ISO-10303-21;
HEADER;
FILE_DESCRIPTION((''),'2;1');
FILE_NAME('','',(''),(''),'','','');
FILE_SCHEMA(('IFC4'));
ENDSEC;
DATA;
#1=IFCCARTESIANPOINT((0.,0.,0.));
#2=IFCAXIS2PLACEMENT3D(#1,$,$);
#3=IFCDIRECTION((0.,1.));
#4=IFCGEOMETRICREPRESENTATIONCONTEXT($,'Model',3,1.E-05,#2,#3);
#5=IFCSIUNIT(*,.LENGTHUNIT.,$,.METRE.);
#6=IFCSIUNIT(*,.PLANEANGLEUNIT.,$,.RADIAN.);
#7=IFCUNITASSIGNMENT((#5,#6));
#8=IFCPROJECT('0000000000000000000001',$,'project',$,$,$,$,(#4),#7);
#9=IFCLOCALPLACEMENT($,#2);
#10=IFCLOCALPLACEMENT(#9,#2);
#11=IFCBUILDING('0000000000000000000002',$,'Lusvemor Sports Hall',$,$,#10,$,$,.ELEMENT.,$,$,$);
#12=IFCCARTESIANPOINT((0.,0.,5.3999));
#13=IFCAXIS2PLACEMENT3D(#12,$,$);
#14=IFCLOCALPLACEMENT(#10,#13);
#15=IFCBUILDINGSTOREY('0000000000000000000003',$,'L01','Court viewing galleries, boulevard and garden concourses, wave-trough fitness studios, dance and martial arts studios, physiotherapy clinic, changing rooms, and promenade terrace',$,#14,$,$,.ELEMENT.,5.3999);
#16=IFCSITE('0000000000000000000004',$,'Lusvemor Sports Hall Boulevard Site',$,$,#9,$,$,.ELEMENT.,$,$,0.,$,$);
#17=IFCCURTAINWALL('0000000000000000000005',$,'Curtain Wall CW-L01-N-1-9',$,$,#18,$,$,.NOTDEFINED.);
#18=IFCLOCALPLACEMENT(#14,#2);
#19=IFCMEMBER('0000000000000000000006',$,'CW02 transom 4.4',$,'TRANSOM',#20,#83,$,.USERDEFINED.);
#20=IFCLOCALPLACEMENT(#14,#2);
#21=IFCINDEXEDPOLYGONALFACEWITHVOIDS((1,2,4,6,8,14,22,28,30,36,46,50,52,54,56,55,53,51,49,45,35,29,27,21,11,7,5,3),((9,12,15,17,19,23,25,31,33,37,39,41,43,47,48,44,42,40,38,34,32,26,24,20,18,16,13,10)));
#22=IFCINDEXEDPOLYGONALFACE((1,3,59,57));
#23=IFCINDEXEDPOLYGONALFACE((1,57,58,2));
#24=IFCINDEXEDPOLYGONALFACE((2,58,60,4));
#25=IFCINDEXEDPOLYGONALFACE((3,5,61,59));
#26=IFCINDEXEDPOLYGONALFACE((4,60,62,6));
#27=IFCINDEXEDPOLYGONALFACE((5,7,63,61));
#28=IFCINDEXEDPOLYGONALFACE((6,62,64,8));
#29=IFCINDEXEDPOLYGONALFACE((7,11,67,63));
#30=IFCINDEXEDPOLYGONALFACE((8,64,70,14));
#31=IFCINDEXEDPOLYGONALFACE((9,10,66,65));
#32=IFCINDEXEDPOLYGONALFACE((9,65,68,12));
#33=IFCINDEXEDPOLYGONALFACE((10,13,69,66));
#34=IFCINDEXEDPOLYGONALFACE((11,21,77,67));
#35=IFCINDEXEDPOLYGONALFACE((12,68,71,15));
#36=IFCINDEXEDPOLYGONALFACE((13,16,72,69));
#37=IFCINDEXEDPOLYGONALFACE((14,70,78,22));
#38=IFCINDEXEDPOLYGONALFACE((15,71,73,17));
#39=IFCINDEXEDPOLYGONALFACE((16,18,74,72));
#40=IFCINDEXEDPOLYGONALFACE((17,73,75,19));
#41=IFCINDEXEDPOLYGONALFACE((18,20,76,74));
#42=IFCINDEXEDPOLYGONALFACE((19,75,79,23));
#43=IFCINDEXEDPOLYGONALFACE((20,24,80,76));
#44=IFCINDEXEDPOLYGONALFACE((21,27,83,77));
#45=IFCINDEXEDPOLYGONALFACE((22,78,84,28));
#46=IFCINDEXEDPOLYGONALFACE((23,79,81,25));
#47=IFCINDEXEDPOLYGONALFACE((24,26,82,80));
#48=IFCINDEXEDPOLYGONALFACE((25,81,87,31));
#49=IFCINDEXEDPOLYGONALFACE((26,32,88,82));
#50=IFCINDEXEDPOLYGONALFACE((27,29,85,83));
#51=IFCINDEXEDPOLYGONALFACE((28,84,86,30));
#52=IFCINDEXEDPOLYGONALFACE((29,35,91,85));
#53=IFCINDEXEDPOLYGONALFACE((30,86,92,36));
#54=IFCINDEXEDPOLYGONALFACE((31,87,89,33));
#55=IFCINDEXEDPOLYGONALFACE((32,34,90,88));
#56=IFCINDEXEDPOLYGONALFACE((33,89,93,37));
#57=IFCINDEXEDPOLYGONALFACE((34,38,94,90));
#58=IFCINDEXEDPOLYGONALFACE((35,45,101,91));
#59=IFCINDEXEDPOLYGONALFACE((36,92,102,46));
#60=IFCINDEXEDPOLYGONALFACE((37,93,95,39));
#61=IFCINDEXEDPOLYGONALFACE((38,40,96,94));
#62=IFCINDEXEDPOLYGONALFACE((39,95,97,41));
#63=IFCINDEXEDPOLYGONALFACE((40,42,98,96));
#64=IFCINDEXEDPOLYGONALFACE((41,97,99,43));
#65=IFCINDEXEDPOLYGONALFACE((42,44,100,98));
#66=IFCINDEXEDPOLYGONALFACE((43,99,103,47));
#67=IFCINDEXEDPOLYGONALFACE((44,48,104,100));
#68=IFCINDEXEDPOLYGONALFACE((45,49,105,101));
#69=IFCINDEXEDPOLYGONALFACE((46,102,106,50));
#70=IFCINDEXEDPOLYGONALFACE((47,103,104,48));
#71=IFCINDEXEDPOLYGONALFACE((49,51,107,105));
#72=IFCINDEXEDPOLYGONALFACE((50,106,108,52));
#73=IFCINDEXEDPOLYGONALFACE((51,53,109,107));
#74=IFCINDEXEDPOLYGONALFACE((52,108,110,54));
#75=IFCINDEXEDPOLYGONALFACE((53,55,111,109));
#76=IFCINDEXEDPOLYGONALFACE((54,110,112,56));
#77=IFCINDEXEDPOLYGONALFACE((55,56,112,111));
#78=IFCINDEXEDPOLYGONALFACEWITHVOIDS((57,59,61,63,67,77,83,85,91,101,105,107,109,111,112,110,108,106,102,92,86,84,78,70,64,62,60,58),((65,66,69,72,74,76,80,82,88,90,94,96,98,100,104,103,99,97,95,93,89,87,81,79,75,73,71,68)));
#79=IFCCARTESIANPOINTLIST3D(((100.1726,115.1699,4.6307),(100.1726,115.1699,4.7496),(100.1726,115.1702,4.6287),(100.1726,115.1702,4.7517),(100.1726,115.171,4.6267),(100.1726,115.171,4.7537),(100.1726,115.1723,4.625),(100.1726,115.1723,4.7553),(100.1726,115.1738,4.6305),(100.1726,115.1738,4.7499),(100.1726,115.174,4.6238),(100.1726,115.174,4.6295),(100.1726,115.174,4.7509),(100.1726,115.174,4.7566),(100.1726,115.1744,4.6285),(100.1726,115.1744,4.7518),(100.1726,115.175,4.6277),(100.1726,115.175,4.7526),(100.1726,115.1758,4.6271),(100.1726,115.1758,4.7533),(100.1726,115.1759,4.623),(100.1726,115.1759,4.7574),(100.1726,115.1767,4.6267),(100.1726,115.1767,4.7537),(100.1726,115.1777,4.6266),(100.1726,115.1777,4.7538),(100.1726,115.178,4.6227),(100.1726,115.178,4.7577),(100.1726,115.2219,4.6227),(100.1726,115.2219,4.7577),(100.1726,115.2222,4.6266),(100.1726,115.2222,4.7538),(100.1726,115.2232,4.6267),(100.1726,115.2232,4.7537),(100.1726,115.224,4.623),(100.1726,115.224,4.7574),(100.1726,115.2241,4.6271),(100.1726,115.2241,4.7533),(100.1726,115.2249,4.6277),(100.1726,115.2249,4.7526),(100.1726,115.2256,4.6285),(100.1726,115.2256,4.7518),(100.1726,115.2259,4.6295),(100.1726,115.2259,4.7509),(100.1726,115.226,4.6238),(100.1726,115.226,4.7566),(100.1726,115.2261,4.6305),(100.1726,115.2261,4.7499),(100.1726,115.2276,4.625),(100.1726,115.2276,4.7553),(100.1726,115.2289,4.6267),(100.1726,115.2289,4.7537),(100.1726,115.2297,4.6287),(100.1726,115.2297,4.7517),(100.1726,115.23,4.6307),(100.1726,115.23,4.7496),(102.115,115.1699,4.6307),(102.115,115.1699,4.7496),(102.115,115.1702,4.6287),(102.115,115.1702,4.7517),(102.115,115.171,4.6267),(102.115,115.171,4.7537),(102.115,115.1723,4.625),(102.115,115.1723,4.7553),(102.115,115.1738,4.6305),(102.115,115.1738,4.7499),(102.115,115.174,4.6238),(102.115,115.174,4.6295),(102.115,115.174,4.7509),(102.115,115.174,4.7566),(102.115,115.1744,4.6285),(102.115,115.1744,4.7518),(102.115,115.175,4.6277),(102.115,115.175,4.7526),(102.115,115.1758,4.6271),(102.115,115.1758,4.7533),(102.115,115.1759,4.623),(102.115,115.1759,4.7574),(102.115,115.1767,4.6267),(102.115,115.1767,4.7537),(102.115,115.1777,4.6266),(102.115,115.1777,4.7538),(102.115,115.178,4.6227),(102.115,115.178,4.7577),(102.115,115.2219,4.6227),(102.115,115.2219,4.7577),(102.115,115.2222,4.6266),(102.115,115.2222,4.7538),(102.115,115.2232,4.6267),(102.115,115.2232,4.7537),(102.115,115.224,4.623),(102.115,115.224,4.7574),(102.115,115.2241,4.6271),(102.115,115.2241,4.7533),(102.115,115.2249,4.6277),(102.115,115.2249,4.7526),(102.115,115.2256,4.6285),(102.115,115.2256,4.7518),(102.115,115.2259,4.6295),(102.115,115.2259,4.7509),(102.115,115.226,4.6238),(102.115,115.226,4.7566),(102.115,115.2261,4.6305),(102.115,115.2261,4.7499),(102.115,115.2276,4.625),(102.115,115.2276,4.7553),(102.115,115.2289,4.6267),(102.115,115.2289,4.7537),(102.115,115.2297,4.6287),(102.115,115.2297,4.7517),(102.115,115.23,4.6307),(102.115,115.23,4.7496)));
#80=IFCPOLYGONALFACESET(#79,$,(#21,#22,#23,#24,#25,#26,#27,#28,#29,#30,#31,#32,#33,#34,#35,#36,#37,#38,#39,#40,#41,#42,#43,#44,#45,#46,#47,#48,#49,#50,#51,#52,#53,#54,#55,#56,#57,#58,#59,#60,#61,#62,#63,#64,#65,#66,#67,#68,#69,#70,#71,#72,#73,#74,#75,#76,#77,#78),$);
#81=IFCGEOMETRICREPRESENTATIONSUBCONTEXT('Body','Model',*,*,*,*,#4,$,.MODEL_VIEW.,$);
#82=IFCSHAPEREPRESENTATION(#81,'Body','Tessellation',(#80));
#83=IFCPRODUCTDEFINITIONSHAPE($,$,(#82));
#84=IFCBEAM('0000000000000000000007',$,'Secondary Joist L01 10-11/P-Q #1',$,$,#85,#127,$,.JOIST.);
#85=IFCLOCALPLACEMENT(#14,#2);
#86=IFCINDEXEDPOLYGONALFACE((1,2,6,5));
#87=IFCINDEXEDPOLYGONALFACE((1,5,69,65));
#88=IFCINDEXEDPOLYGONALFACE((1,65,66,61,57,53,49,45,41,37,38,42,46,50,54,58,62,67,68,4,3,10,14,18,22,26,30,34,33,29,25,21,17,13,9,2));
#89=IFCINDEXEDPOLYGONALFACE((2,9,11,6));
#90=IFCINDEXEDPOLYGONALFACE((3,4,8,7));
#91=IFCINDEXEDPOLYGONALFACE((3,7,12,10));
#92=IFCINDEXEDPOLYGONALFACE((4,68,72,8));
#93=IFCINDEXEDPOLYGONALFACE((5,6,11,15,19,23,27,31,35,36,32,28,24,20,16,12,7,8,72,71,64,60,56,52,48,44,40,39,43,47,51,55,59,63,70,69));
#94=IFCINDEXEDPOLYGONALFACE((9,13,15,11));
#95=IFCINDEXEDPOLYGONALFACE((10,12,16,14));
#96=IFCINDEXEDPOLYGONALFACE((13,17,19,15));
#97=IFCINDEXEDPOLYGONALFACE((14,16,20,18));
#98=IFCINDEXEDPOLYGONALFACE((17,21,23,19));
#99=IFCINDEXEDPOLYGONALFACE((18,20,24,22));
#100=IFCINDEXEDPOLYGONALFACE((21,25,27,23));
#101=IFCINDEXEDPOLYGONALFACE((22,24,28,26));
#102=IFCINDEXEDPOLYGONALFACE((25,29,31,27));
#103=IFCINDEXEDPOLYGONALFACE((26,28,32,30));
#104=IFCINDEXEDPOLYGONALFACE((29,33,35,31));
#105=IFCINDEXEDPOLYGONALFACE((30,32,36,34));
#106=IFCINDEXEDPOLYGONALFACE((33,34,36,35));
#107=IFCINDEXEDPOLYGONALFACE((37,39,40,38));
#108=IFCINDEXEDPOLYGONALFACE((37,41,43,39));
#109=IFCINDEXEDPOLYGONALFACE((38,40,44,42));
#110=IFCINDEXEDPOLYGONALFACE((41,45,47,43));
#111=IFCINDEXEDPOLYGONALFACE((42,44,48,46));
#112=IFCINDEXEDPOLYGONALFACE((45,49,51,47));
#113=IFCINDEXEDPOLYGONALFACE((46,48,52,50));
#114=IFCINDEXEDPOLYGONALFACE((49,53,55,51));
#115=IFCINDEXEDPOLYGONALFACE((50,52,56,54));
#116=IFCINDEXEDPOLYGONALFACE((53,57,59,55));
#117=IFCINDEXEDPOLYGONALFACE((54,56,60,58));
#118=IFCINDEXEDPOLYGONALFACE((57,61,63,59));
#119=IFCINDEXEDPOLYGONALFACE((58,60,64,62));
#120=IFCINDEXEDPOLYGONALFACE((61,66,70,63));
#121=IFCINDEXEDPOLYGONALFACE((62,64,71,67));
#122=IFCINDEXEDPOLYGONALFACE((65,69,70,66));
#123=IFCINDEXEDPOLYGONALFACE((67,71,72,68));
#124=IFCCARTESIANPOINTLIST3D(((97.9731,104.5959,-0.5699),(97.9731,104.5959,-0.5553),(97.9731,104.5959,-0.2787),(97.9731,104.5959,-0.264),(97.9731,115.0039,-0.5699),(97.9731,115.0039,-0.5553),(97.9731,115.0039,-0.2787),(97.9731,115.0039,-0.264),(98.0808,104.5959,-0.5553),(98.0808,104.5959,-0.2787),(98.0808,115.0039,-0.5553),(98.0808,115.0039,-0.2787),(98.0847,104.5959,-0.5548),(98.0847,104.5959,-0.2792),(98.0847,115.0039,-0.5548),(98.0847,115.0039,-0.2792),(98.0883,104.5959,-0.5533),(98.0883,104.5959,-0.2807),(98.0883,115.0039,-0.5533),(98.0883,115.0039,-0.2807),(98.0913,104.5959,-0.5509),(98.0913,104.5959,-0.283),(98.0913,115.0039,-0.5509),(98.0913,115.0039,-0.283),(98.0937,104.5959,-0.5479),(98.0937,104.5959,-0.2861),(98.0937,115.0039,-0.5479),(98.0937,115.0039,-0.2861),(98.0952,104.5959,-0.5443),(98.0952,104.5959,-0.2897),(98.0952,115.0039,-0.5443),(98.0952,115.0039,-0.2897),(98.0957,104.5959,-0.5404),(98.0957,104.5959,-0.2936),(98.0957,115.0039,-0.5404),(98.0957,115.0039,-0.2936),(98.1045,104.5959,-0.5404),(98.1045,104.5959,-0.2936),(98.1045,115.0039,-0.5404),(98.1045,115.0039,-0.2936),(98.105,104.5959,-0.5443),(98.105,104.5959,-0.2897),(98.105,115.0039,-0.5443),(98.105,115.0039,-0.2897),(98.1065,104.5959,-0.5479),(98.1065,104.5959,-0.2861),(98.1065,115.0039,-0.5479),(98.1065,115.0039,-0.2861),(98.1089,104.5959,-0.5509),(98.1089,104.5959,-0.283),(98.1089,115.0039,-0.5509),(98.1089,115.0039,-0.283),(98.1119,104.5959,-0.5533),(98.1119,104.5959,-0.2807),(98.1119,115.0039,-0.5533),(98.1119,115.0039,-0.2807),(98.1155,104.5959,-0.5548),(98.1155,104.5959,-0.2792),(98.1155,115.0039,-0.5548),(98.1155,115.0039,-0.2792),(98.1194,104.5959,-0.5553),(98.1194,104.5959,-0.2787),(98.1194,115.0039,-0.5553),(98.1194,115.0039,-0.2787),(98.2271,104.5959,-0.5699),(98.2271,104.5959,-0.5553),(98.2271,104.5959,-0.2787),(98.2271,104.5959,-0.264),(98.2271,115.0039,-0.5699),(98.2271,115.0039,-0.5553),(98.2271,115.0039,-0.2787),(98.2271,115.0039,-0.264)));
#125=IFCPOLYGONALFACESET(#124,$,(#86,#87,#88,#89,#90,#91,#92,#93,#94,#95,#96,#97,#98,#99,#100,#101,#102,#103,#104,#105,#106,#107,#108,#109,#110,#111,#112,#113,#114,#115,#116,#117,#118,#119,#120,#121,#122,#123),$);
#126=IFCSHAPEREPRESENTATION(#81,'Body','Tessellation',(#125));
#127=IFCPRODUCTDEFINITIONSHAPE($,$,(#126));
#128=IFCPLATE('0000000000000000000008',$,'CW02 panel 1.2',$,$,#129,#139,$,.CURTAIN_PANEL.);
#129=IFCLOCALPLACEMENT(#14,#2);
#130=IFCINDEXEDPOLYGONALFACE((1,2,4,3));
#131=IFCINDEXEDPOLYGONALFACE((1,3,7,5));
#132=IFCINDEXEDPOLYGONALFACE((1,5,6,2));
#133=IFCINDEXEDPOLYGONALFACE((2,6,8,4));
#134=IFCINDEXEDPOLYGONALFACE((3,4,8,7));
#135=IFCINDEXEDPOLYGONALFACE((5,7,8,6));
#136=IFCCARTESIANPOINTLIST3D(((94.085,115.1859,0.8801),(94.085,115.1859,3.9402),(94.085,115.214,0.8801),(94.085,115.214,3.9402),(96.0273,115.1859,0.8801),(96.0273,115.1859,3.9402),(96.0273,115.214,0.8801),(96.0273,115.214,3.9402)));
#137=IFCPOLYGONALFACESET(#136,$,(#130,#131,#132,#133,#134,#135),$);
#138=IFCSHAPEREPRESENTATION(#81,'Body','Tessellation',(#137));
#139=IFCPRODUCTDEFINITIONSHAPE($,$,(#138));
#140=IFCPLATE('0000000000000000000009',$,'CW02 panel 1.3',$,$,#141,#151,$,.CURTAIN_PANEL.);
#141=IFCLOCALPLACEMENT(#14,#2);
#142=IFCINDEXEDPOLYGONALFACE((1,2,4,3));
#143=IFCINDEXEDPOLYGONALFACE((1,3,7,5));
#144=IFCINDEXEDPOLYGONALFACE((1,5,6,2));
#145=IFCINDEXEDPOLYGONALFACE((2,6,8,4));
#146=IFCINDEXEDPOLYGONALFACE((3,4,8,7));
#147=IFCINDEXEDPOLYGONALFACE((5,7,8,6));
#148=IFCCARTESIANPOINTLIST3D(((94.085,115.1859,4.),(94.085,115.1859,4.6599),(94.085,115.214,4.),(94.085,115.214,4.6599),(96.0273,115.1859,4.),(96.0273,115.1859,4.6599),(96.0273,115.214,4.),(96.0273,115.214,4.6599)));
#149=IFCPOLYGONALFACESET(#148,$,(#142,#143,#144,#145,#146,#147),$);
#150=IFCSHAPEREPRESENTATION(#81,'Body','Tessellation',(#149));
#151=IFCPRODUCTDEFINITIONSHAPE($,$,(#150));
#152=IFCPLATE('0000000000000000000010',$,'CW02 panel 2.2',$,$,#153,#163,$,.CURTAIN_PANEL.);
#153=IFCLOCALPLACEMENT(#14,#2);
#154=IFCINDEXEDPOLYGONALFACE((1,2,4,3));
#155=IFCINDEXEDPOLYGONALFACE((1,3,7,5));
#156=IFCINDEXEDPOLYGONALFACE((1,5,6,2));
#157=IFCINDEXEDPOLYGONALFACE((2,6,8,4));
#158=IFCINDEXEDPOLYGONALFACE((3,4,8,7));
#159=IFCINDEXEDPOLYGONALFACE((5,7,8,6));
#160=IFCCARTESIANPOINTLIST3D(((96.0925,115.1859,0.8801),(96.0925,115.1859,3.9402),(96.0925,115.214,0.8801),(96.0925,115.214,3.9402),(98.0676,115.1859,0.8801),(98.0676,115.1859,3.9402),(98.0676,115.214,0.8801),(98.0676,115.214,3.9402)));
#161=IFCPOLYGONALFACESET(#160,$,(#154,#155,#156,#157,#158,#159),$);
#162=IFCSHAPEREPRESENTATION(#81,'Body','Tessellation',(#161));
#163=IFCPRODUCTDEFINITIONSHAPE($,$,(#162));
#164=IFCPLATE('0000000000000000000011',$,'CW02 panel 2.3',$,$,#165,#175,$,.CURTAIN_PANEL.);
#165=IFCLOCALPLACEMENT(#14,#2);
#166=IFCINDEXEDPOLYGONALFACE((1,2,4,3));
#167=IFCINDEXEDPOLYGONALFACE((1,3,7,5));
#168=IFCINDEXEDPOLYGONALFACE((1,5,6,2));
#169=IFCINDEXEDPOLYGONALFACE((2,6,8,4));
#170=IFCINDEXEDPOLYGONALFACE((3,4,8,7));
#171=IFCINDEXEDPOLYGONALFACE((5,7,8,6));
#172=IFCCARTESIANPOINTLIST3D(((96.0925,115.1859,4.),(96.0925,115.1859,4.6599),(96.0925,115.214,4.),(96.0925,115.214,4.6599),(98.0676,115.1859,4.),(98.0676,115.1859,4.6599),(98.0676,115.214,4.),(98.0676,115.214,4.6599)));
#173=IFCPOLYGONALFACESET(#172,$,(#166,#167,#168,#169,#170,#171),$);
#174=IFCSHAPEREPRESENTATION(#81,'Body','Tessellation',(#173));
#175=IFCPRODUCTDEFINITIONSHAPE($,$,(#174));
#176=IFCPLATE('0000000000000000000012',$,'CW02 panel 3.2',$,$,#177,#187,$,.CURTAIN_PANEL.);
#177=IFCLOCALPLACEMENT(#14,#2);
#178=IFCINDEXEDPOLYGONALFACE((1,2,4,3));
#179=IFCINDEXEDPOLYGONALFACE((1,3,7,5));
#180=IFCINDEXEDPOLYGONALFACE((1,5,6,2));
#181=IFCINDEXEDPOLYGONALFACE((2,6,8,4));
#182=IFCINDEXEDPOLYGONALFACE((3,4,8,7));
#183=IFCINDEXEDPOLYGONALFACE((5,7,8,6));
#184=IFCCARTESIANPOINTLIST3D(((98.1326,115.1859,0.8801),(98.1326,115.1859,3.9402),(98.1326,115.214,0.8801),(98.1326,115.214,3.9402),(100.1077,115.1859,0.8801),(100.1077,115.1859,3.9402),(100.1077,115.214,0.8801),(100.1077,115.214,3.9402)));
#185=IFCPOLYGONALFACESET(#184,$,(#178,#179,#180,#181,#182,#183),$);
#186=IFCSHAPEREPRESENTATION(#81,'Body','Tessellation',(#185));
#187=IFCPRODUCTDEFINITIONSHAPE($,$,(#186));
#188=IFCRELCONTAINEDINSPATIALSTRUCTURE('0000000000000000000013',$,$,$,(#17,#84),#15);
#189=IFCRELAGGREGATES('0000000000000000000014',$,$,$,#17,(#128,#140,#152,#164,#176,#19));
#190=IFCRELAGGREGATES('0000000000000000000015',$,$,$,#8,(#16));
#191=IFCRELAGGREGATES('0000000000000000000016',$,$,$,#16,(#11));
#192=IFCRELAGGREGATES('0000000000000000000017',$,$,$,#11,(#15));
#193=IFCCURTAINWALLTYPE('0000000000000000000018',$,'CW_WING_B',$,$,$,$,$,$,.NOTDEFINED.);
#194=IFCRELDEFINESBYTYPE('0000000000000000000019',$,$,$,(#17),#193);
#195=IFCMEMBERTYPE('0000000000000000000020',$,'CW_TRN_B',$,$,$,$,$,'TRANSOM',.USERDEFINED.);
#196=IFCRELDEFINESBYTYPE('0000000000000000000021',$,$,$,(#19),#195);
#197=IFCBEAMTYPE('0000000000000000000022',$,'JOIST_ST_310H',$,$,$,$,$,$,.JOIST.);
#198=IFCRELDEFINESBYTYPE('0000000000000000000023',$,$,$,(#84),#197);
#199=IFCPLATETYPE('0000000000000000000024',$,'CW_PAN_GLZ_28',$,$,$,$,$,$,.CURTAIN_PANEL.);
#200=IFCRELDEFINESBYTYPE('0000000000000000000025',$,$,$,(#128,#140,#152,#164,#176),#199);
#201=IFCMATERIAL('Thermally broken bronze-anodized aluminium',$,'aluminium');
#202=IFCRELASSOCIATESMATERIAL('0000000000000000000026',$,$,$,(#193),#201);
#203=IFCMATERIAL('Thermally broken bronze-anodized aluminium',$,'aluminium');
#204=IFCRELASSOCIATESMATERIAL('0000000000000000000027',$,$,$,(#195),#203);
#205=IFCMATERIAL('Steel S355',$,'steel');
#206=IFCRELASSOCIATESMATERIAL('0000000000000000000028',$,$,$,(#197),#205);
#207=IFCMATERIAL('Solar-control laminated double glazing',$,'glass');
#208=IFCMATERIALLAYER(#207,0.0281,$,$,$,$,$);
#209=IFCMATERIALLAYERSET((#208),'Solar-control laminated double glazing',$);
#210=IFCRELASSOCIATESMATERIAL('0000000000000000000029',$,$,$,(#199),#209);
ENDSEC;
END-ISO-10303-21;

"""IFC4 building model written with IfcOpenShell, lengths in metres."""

from ifc_helpers import new_model, si_unit, direction, frame, origin, origin_2d, place, context, subcontext, project, spatial, rectangle, hollow_rectangle, i_section, extrude, material, layer, layer_set, material_profile, profile_set, type_object, element, aggregate, save


model = new_model("IFC4")

# Units and contexts
model_context = context("Model", 3, precision=1e-05, world=origin(), true_north=direction((0.0, 1.0)))
body_context = subcontext(model_context, "Body", "Model", "MODEL_VIEW")
ifc_project = project(units=[si_unit("LENGTHUNIT", "METRE"), si_unit("PLANEANGLEUNIT", "RADIAN")], contexts=[model_context])

# Site, building, storey
site_placement = place(None, origin())
site = spatial("IfcSite", under=ifc_project, at=site_placement, Name="Lusvemor Sports Hall Boulevard Site", CompositionType="ELEMENT", RefElevation=0.0)
building_placement = place(site_placement, origin())
building = spatial("IfcBuilding", under=site, at=building_placement, Name="Lusvemor Sports Hall", CompositionType="ELEMENT")
storey_placement = place(building_placement, frame((0.0, 0.0, 5.3999)))
storey = spatial("IfcBuildingStorey", under=building, at=storey_placement, Name="L01", Description="Court viewing galleries, boulevard and garden concourses, wave-trough fitness studios, dance and martial arts studios, physiotherapy clinic, changing rooms, and promenade terrace", CompositionType="ELEMENT", Elevation=5.3999)

# Curtain wall, member
ifc_material_1 = material(Name="Thermally broken bronze-anodized aluminium", Category="aluminium")
curtain_wall_type = type_object("IfcCurtainWallType", Name="CW_WING_B", PredefinedType="NOTDEFINED", material=ifc_material_1)
curtain_wall_placement = place(storey_placement, origin())
curtain_wall = element("IfcCurtainWall", 1, at=curtain_wall_placement, inside=storey, type_object=curtain_wall_type, Name="Curtain Wall CW-L01-N-1-9", PredefinedType="NOTDEFINED")
ifc_material_2 = material(Name="Thermally broken bronze-anodized aluminium", Category="aluminium")
ifc_material_profile_1 = material_profile(ifc_material_2, hollow_rectangle(XDim=0.0601, YDim=0.135, WallThickness=0.0039, InnerFilletRadius=0.0039, OuterFilletRadius=0.0081, at=origin_2d()), Name="CWTRN135x60x4")
ifc_profile_set_1 = profile_set([ifc_material_profile_1], Name="Thermally broken bronze-anodized aluminium")
member_type_1 = type_object("IfcMemberType", Name="CW_TRN_B", ElementType="TRANSOM", PredefinedType="USERDEFINED", material=ifc_profile_set_1)
member_1_placement = place(storey_placement, frame((100.1726, 115.2, 4.6902), z_axis=(1.0, 0.0, 0.0), x_axis=(0.0, 1.0, 0.0)))
member_1 = element("IfcMember", 2, at=member_1_placement, type_object=member_type_1, Name="CW02 transom 4.4", ObjectType="TRANSOM", PredefinedType="USERDEFINED", context=body_context, shape_type="SweptSolid", body=[
    extrude(hollow_rectangle(XDim=0.0601, YDim=0.135, WallThickness=0.0039, InnerFilletRadius=0.0039, OuterFilletRadius=0.0081, at=origin_2d()), origin(), (0.0, 0.0, 1.0), 1.9424),
])

# Beam
ifc_material_3 = material(Name="Steel S355", Category="steel")
ifc_material_profile_2 = material_profile(ifc_material_3, i_section(OverallWidth=0.2539, OverallDepth=0.3059, WebThickness=0.0088, FlangeThickness=0.0146, FilletRadius=0.0149, at=origin_2d()), Name="W310x79.0")
ifc_profile_set_2 = profile_set([ifc_material_profile_2], Name="Steel S355")
beam_type = type_object("IfcBeamType", Name="JOIST_ST_310H", PredefinedType="JOIST", material=ifc_profile_set_2)
beam_placement = place(storey_placement, frame((98.1001, 104.5959, -0.417), z_axis=(0.0, 1.0, 0.0), x_axis=(-1.0, 0.0, 0.0)))
element("IfcBeam", 3, at=beam_placement, inside=storey, type_object=beam_type, Name="Secondary Joist L01 10-11/P-Q #1", PredefinedType="JOIST", context=body_context, shape_type="SweptSolid", body=[
    extrude(i_section(OverallWidth=0.2539, OverallDepth=0.3059, WebThickness=0.0088, FlangeThickness=0.0146, FilletRadius=0.0149, at=origin_2d()), origin(), (0.0, 0.0, 1.0), 10.408),
])

# Plates
ifc_material_4 = material(Name="Solar-control laminated double glazing", Category="glass")
ifc_layer_1 = layer(ifc_material_4, 0.0281)
ifc_layer_set_1 = layer_set([ifc_layer_1], Name="Solar-control laminated double glazing")
plate_type_1 = type_object("IfcPlateType", Name="CW_PAN_GLZ_28", PredefinedType="CURTAIN_PANEL", material=ifc_layer_set_1)
plate_1_placement = place(storey_placement, frame((95.0562, 115.2, 0.8801), z_axis=(0.0, 0.0, 1.0), x_axis=(1.0, 0.0, 0.0)))
plate_1 = element("IfcPlate", 4, at=plate_1_placement, type_object=plate_type_1, Name="CW02 panel 1.2", PredefinedType="CURTAIN_PANEL", context=body_context, shape_type="SweptSolid", body=[
    extrude(rectangle(XDim=1.9424, YDim=0.0281, at=origin_2d()), origin(), (0.0, 0.0, 1.0), 3.0601),
])
plate_2_placement = place(storey_placement, frame((95.0562, 115.2, 4.0), z_axis=(0.0, 0.0, 1.0), x_axis=(1.0, 0.0, 0.0)))
plate_2 = element("IfcPlate", 5, at=plate_2_placement, type_object=plate_type_1, Name="CW02 panel 1.3", PredefinedType="CURTAIN_PANEL", context=body_context, shape_type="SweptSolid", body=[
    extrude(rectangle(XDim=1.9424, YDim=0.0281, at=origin_2d()), origin(), (0.0, 0.0, 1.0), 0.6599),
])
plate_3_placement = place(storey_placement, frame((97.0801, 115.2, 0.8801), z_axis=(0.0, 0.0, 1.0), x_axis=(1.0, 0.0, 0.0)))
plate_3 = element("IfcPlate", 6, at=plate_3_placement, type_object=plate_type_1, Name="CW02 panel 2.2", PredefinedType="CURTAIN_PANEL", context=body_context, shape_type="SweptSolid", body=[
    extrude(rectangle(XDim=1.9751, YDim=0.0281, at=origin_2d()), origin(), (0.0, 0.0, 1.0), 3.0601),
])
plate_4_placement = place(storey_placement, frame((97.0801, 115.2, 4.0), z_axis=(0.0, 0.0, 1.0), x_axis=(1.0, 0.0, 0.0)))
plate_4 = element("IfcPlate", 7, at=plate_4_placement, type_object=plate_type_1, Name="CW02 panel 2.3", PredefinedType="CURTAIN_PANEL", context=body_context, shape_type="SweptSolid", body=[
    extrude(rectangle(XDim=1.9751, YDim=0.0281, at=origin_2d()), origin(), (0.0, 0.0, 1.0), 0.6599),
])
plate_5_placement = place(storey_placement, frame((99.1201, 115.2, 0.8801), z_axis=(0.0, 0.0, 1.0), x_axis=(1.0, 0.0, 0.0)))
plate_5 = element("IfcPlate", 8, at=plate_5_placement, type_object=plate_type_1, Name="CW02 panel 3.2", PredefinedType="CURTAIN_PANEL", context=body_context, shape_type="SweptSolid", body=[
    extrude(rectangle(XDim=1.9751, YDim=0.0281, at=origin_2d()), origin(), (0.0, 0.0, 1.0), 3.0601),
])
aggregate(curtain_wall, [plate_1, plate_2, plate_3, plate_4, plate_5, member_1])

save(model, "model.ifc")
